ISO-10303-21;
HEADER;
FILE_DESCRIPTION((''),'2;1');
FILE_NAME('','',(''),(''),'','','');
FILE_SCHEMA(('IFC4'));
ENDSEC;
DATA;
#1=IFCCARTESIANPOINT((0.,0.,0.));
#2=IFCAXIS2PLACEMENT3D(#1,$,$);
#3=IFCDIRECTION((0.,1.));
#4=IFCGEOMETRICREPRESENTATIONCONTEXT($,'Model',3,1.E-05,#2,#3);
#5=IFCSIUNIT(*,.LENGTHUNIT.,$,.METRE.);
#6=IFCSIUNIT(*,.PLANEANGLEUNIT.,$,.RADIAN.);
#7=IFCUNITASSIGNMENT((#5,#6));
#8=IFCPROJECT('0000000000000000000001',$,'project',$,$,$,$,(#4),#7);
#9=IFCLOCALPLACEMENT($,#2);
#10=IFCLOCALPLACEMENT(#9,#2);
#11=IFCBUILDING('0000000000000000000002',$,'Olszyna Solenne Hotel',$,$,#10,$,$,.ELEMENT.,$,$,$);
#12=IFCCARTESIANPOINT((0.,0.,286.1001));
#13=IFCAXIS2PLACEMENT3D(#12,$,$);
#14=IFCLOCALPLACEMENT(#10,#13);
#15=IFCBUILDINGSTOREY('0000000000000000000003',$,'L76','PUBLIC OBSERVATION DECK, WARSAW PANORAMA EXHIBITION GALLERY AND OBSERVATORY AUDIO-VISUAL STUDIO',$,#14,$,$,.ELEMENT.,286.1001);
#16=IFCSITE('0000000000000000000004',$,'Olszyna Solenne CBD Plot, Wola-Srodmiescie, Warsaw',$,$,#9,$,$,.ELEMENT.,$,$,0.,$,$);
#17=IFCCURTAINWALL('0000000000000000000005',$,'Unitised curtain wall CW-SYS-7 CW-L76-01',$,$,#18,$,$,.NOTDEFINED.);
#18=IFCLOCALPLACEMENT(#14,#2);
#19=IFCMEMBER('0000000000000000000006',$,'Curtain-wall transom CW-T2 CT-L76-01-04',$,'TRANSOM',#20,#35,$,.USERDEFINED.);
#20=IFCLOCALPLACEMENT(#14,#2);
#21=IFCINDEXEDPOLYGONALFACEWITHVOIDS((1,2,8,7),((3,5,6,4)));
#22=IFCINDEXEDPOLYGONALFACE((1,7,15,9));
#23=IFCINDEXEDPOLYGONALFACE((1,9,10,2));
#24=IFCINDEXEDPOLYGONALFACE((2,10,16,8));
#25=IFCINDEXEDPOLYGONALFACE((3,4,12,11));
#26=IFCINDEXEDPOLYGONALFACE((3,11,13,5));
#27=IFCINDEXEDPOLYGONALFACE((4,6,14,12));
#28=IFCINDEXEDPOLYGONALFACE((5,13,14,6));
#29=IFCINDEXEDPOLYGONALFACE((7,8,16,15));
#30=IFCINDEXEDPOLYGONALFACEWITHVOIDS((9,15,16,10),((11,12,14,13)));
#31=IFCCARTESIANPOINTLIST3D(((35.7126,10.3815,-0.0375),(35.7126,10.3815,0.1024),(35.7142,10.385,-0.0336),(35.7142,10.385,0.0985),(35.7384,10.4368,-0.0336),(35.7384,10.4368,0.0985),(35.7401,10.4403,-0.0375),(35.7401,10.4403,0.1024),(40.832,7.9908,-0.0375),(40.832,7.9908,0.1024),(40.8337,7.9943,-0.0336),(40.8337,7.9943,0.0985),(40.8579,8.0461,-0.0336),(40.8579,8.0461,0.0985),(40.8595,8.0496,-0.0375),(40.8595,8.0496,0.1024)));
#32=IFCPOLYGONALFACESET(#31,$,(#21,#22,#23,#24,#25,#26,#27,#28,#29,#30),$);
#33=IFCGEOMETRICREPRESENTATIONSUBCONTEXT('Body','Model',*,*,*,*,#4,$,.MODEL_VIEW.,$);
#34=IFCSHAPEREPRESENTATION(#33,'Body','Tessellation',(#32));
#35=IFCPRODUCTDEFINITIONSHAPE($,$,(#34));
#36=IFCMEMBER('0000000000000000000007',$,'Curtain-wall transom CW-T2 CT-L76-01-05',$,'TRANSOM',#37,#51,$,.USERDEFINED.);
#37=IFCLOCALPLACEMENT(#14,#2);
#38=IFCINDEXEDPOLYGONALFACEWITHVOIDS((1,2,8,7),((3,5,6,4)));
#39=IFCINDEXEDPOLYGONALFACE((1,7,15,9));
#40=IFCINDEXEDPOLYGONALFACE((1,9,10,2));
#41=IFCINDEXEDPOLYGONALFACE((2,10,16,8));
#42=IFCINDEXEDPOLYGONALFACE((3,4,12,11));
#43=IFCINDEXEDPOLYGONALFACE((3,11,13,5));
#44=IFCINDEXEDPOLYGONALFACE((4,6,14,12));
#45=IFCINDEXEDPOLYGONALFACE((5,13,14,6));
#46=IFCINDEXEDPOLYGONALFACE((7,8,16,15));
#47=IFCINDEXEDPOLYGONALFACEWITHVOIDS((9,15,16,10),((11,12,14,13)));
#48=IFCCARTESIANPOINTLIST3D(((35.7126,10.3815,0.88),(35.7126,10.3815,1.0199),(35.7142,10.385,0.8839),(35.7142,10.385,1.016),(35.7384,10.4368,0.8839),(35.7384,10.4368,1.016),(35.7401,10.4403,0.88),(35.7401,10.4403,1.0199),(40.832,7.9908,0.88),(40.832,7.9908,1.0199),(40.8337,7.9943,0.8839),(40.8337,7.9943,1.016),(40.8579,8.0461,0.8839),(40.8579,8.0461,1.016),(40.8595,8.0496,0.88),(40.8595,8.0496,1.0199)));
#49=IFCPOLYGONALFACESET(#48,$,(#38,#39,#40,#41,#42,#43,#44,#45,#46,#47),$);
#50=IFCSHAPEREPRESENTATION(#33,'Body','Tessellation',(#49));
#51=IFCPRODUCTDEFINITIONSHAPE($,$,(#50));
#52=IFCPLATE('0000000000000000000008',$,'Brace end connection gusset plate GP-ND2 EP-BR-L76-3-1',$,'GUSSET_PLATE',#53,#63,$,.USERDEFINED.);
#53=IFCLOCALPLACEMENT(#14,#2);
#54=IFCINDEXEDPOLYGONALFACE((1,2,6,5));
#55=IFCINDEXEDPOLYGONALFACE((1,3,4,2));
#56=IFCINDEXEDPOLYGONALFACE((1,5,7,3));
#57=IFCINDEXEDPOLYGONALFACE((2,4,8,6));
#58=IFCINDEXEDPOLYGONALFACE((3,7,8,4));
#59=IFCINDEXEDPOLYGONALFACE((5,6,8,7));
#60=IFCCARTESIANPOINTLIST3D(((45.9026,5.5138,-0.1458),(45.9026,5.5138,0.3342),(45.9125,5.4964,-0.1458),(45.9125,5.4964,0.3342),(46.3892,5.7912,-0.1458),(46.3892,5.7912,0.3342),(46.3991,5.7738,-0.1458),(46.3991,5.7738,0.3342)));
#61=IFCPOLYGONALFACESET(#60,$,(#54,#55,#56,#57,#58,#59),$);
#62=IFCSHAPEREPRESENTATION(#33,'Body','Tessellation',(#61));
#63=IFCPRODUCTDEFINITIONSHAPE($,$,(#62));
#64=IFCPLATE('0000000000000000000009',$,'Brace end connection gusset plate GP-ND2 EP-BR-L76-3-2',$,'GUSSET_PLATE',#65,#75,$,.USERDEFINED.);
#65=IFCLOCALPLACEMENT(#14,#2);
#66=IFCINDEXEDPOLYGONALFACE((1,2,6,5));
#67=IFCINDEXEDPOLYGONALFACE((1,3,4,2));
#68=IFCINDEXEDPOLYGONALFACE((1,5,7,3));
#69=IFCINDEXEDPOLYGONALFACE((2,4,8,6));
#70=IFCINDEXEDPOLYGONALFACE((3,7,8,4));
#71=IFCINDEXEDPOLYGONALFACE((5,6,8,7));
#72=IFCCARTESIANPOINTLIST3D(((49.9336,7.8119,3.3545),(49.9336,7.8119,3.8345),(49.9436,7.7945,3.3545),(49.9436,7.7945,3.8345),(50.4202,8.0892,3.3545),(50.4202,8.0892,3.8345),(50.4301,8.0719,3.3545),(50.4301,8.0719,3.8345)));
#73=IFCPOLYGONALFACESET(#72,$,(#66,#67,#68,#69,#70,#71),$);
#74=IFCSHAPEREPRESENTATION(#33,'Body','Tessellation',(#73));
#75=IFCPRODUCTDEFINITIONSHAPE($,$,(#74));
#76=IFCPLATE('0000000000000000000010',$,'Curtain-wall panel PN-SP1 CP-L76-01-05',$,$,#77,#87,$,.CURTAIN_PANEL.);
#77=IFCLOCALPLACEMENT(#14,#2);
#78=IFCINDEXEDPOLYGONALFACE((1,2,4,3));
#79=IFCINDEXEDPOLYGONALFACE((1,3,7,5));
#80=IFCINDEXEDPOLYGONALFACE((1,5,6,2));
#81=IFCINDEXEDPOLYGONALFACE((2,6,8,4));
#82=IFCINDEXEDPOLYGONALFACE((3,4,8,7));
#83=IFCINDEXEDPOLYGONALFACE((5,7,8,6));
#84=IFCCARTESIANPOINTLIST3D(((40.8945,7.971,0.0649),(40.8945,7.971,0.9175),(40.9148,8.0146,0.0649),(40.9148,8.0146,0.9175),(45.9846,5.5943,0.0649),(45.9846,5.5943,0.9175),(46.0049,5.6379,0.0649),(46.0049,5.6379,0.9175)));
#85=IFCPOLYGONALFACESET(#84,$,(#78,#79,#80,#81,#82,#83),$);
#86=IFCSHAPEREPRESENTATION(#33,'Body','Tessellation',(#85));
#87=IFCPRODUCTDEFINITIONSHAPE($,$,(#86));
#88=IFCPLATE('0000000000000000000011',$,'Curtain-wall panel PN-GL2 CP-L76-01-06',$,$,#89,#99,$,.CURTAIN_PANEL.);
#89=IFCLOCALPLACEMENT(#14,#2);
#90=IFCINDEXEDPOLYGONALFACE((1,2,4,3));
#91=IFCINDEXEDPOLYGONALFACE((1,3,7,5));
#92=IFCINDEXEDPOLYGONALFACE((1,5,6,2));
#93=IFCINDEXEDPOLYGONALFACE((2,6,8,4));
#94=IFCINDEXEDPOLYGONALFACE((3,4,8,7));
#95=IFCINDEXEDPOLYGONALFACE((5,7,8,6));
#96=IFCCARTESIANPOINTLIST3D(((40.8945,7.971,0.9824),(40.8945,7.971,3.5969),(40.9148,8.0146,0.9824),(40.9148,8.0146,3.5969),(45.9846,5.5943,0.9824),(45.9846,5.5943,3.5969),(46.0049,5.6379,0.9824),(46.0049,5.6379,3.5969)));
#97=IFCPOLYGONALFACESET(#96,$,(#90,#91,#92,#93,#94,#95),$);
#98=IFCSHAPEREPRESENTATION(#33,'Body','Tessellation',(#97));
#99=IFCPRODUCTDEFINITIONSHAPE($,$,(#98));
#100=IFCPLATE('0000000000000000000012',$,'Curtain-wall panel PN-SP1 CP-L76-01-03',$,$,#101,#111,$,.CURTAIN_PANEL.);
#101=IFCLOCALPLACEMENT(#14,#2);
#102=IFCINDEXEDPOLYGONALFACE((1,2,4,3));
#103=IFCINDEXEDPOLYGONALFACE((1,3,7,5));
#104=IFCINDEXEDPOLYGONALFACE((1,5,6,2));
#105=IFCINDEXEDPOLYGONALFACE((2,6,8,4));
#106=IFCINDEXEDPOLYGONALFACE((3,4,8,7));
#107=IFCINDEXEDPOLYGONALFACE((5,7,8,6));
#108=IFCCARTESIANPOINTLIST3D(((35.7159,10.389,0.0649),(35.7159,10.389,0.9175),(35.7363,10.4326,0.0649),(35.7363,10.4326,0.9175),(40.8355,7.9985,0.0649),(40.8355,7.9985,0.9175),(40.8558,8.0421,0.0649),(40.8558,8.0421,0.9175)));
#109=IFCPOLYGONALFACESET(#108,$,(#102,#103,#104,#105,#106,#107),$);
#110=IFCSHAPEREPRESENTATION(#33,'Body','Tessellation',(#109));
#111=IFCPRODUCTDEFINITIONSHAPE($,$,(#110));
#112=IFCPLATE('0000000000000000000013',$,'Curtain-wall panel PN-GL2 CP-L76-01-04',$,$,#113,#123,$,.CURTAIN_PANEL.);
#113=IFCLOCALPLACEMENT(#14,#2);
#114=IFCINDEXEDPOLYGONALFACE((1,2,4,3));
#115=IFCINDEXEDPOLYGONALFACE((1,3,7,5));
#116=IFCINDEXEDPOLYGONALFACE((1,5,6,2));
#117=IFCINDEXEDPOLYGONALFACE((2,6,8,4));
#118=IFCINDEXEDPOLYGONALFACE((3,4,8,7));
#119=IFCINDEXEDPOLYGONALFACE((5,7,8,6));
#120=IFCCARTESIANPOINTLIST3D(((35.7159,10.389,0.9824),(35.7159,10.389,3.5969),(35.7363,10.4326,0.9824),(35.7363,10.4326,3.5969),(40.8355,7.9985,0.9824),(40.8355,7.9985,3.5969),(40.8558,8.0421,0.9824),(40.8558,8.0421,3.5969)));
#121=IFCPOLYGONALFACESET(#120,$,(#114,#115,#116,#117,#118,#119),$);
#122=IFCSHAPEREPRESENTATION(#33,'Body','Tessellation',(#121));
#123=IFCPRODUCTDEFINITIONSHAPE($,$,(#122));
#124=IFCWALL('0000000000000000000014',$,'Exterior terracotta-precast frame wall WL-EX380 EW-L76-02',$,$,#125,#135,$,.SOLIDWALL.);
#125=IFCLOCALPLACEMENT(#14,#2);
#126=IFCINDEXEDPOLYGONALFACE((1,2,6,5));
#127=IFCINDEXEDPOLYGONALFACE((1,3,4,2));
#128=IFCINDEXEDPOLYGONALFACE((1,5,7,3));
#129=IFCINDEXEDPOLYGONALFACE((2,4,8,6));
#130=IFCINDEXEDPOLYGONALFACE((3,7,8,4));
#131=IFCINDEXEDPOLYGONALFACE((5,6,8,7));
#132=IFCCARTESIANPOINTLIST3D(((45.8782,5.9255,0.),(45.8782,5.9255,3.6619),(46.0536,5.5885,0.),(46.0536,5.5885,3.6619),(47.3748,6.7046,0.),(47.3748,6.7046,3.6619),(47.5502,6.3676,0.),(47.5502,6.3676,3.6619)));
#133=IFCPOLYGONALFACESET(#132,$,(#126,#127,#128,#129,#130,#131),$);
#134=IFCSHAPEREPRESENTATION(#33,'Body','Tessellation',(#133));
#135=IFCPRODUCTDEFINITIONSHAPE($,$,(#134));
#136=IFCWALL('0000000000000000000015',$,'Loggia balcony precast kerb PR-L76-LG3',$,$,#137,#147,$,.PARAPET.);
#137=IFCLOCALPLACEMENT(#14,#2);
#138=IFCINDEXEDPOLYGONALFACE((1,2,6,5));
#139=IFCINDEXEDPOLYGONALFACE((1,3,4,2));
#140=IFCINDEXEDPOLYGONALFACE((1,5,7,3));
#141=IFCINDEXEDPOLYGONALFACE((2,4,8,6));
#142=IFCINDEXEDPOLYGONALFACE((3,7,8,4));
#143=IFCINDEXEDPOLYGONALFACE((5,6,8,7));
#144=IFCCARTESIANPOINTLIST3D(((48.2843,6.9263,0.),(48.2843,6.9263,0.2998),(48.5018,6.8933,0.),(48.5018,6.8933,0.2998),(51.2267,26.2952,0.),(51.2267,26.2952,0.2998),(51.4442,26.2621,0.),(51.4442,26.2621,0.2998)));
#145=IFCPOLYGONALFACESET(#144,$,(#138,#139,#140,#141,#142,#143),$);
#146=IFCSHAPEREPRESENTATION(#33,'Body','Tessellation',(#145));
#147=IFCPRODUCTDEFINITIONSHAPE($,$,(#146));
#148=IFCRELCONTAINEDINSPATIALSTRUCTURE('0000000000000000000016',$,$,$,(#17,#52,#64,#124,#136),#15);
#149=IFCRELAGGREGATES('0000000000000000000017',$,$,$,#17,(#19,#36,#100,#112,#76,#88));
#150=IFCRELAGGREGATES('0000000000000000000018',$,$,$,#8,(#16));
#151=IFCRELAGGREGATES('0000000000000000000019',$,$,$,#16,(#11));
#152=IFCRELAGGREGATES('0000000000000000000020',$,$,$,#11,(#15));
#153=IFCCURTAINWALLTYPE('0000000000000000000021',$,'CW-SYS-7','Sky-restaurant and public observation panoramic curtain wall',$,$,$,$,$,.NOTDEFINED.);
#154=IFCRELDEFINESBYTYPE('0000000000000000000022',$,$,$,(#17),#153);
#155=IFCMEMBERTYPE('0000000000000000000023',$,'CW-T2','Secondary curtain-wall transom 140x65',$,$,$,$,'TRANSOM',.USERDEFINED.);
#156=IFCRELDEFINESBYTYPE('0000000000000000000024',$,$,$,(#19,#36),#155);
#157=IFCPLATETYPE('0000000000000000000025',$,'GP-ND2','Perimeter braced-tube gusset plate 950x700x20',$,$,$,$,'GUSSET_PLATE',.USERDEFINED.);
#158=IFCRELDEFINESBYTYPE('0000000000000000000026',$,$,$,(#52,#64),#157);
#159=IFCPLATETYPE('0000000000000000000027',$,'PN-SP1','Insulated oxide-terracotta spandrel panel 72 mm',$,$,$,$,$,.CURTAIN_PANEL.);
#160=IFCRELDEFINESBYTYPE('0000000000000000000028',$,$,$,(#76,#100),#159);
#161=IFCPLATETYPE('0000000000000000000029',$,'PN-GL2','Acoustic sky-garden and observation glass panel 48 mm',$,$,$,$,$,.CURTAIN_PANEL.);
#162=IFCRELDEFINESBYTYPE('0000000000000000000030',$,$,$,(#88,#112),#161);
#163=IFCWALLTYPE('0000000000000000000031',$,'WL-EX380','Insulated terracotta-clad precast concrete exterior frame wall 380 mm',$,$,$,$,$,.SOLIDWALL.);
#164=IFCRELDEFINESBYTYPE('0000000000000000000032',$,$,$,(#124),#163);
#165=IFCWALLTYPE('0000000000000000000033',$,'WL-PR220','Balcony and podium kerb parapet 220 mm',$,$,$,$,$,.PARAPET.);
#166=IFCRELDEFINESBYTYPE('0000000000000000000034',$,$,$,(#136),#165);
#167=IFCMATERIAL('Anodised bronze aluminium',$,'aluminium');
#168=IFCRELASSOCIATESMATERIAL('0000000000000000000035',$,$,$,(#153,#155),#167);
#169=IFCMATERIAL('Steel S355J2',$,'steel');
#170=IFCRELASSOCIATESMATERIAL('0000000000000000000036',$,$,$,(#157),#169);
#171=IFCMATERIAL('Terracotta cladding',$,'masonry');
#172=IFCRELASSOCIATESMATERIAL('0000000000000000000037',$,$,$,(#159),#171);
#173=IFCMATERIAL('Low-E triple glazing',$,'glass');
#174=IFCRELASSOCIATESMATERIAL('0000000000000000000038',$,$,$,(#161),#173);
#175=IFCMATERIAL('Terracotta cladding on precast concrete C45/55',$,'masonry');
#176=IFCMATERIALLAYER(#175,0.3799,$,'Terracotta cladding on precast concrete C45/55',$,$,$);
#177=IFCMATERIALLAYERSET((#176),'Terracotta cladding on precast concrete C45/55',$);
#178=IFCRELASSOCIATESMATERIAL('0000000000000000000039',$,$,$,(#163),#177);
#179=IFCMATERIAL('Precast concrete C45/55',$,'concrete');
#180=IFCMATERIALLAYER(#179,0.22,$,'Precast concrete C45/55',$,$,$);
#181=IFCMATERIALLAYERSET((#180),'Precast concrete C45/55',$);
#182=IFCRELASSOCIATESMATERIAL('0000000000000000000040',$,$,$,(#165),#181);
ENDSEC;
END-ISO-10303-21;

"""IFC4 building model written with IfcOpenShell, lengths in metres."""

from ifc_helpers import new_model, si_unit, direction, frame, frame_2d, origin, origin_2d, place, context, subcontext, project, spatial, rectangle, hollow_rectangle, extrude, source, transform, mapped, material, layer, layer_set, material_profile, profile_set, type_object, element, aggregate, save


model = new_model("IFC4")

# Units and contexts
model_context = context("Model", 3, precision=1e-05, world=origin(), true_north=direction((0.0, 1.0)))
body_context = subcontext(model_context, "Body", "Model", "MODEL_VIEW")
ifc_project = project(units=[si_unit("LENGTHUNIT", "METRE"), si_unit("PLANEANGLEUNIT", "RADIAN")], contexts=[model_context])

# Site, building, storey
site_placement = place(None, origin())
site = spatial("IfcSite", under=ifc_project, at=site_placement, Name="Olszyna Solenne CBD Plot, Wola-Srodmiescie, Warsaw", CompositionType="ELEMENT", RefElevation=0.0)
building_placement = place(site_placement, origin())
building = spatial("IfcBuilding", under=site, at=building_placement, Name="Olszyna Solenne Hotel", CompositionType="ELEMENT")
storey_placement = place(building_placement, frame((0.0, 0.0, 286.1001)))
storey = spatial("IfcBuildingStorey", under=building, at=storey_placement, Name="L76", Description="PUBLIC OBSERVATION DECK, WARSAW PANORAMA EXHIBITION GALLERY AND OBSERVATORY AUDIO-VISUAL STUDIO", CompositionType="ELEMENT", Elevation=286.1001)

# Shared definitions
ifc_material_1 = material(Name="Steel S355J2", Category="steel")

# Curtain wall, members
ifc_material_2 = material(Name="Anodised bronze aluminium", Category="aluminium")
curtain_wall_type = type_object("IfcCurtainWallType", Name="CW-SYS-7", Description="Sky-restaurant and public observation panoramic curtain wall", PredefinedType="NOTDEFINED", material=ifc_material_2)
curtain_wall_placement = place(storey_placement, origin())
curtain_wall = element("IfcCurtainWall", 1, at=curtain_wall_placement, inside=storey, type_object=curtain_wall_type, Name="Unitised curtain wall CW-SYS-7 CW-L76-01", PredefinedType="NOTDEFINED")
ifc_material_profile_1 = material_profile(ifc_material_2, hollow_rectangle(XDim=0.0649, YDim=0.1399, WallThickness=0.0039, at=origin_2d()), Name="TRAN 140x65x4", Category="load-bearing")
ifc_profile_set_1 = profile_set([ifc_material_profile_1], Name="Anodised bronze aluminium")
member_type_1 = type_object("IfcMemberType", Name="CW-T2", Description="Secondary curtain-wall transom 140x65", ElementType="TRANSOM", PredefinedType="USERDEFINED", material=ifc_profile_set_1)
shared_shape_1 = source(origin(), body_context, "Body", "SweptSolid", [
    extrude(hollow_rectangle(XDim=0.0649, YDim=0.1399, WallThickness=0.0039, at=origin_2d()), origin(), (0.0, 0.0, 1.0), 5.6501),
])
member_1_placement = place(storey_placement, frame((35.7263, 10.4109, 0.0325), z_axis=(0.906076, -0.423115, 0.0), x_axis=(0.423115, 0.906076, 0.0)))
member_1 = element("IfcMember", 2, at=member_1_placement, type_object=member_type_1, Name="Curtain-wall transom CW-T2 CT-L76-01-04", ObjectType="TRANSOM", PredefinedType="USERDEFINED", context=body_context, shape_type="MappedRepresentation", body=[
    mapped(shared_shape_1, transform((0.0, 0.0, 0.0), x_axis=(1.0, 0.0, 0.0), y_axis=(0.0, 1.0, 0.0), z_axis=(0.0, 0.0, 1.0), scale=1.0)),
])
member_2_placement = place(storey_placement, frame((35.7263, 10.4109, 0.95), z_axis=(0.906076, -0.423115, 0.0), x_axis=(0.423115, 0.906076, 0.0)))
member_2 = element("IfcMember", 3, at=member_2_placement, type_object=member_type_1, Name="Curtain-wall transom CW-T2 CT-L76-01-05", ObjectType="TRANSOM", PredefinedType="USERDEFINED", context=body_context, shape_type="MappedRepresentation", body=[
    mapped(shared_shape_1, transform((0.0, 0.0, 0.0), x_axis=(1.0, 0.0, 0.0), y_axis=(0.0, 1.0, 0.0), z_axis=(0.0, 0.0, 1.0), scale=1.0)),
])

# Plates
plate_type_1 = type_object("IfcPlateType", Name="GP-ND2", Description="Perimeter braced-tube gusset plate 950x700x20", ElementType="GUSSET_PLATE", PredefinedType="USERDEFINED", material=ifc_material_1)
shared_shape_2 = source(origin(), body_context, "Body", "SweptSolid", [
    extrude(rectangle(XDim=0.5601, YDim=0.02, at=origin_2d()), origin(), (0.0, 0.0, 1.0), 0.48),
])
for number, where, z_axis, x_axis, name in (
    (4, (46.1509, 5.6438, -0.1458), (0.0, 0.0, 1.0), (0.868804, 0.495155, 0.0), "Brace end connection gusset plate GP-ND2 EP-BR-L76-3-1"),
    (5, (50.1819, 7.9419, 3.3545), (0.0, 0.0, 1.0), (0.868804, 0.495155, 0.0), "Brace end connection gusset plate GP-ND2 EP-BR-L76-3-2"),
):
    element("IfcPlate", number, at=place(storey_placement, frame(where, z_axis=z_axis, x_axis=x_axis)), inside=storey, type_object=plate_type_1, Name=name, ObjectType="GUSSET_PLATE", PredefinedType="USERDEFINED", context=body_context, shape_type="MappedRepresentation", body=[
        mapped(shared_shape_2, transform((0.0, 0.0, 0.0), x_axis=(1.0, 0.0, 0.0), y_axis=(0.0, 1.0, 0.0), z_axis=(0.0, 0.0, 1.0), scale=1.0)),
    ])

# Plates
ifc_material_3 = material(Name="Terracotta cladding", Category="masonry")
plate_type_2 = type_object("IfcPlateType", Name="PN-SP1", Description="Insulated oxide-terracotta spandrel panel 72 mm", PredefinedType="CURTAIN_PANEL", material=ifc_material_3)
shared_shape_3 = source(origin(), body_context, "Body", "SweptSolid", [
    extrude(rectangle(XDim=5.6177, YDim=0.0481, at=origin_2d()), origin(), (0.0, 0.0, 1.0), 0.8525),
])
plate_1_placement = place(storey_placement, frame((43.4497, 6.8044, 0.0649), z_axis=(0.0, 0.0, 1.0), x_axis=(0.90609, -0.423084, 0.0)))
plate_1 = element("IfcPlate", 6, at=plate_1_placement, type_object=plate_type_2, Name="Curtain-wall panel PN-SP1 CP-L76-01-05", PredefinedType="CURTAIN_PANEL", context=body_context, shape_type="MappedRepresentation", body=[
    mapped(shared_shape_3, transform((0.0, 0.0, 0.0), x_axis=(1.0, 0.0, 0.0), y_axis=(0.0, 1.0, 0.0), z_axis=(0.0, 0.0, 1.0), scale=1.0)),
])
ifc_material_4 = material(Name="Low-E triple glazing", Category="glass")
plate_type_3 = type_object("IfcPlateType", Name="PN-GL2", Description="Acoustic sky-garden and observation glass panel 48 mm", PredefinedType="CURTAIN_PANEL", material=ifc_material_4)
shared_shape_4 = source(origin(), body_context, "Body", "SweptSolid", [
    extrude(rectangle(XDim=5.6177, YDim=0.0481, at=origin_2d()), origin(), (0.0, 0.0, 1.0), 2.6145),
])
plate_2_placement = place(storey_placement, frame((43.4497, 6.8044, 0.9824), z_axis=(0.0, 0.0, 1.0), x_axis=(0.90609, -0.423084, 0.0)))
plate_2 = element("IfcPlate", 7, at=plate_2_placement, type_object=plate_type_3, Name="Curtain-wall panel PN-GL2 CP-L76-01-06", PredefinedType="CURTAIN_PANEL", context=body_context, shape_type="MappedRepresentation", body=[
    mapped(shared_shape_4, transform((0.0, 0.0, 0.0), x_axis=(1.0, 0.0, 0.0), y_axis=(0.0, 1.0, 0.0), z_axis=(0.0, 0.0, 1.0), scale=1.0)),
])
shared_shape_5 = source(origin(), body_context, "Body", "SweptSolid", [
    extrude(rectangle(XDim=5.6501, YDim=0.0481, at=origin_2d()), origin(), (0.0, 0.0, 1.0), 0.8525),
])
plate_3_placement = place(storey_placement, frame((38.2859, 9.2156, 0.0649), z_axis=(0.0, 0.0, 1.0), x_axis=(0.90609, -0.423084, 0.0)))
plate_3 = element("IfcPlate", 8, at=plate_3_placement, type_object=plate_type_2, Name="Curtain-wall panel PN-SP1 CP-L76-01-03", PredefinedType="CURTAIN_PANEL", context=body_context, shape_type="MappedRepresentation", body=[
    mapped(shared_shape_5, transform((0.0, 0.0, 0.0), x_axis=(1.0, 0.0, 0.0), y_axis=(0.0, 1.0, 0.0), z_axis=(0.0, 0.0, 1.0), scale=1.0)),
])
shared_shape_6 = source(origin(), body_context, "Body", "SweptSolid", [
    extrude(rectangle(XDim=5.6501, YDim=0.0481, at=origin_2d()), origin(), (0.0, 0.0, 1.0), 2.6145),
])
plate_4_placement = place(storey_placement, frame((38.2859, 9.2156, 0.9824), z_axis=(0.0, 0.0, 1.0), x_axis=(0.90609, -0.423084, 0.0)))
plate_4 = element("IfcPlate", 9, at=plate_4_placement, type_object=plate_type_3, Name="Curtain-wall panel PN-GL2 CP-L76-01-04", PredefinedType="CURTAIN_PANEL", context=body_context, shape_type="MappedRepresentation", body=[
    mapped(shared_shape_6, transform((0.0, 0.0, 0.0), x_axis=(1.0, 0.0, 0.0), y_axis=(0.0, 1.0, 0.0), z_axis=(0.0, 0.0, 1.0), scale=1.0)),
])
aggregate(curtain_wall, [member_1, member_2, plate_3, plate_4, plate_1, plate_2])

# Walls
ifc_material_5 = material(Name="Terracotta cladding on precast concrete C45/55", Category="masonry")
ifc_layer_1 = layer(ifc_material_5, 0.3799, Name="Terracotta cladding on precast concrete C45/55")
ifc_layer_set_1 = layer_set([ifc_layer_1], Name="Terracotta cladding on precast concrete C45/55")
wall_type_1 = type_object("IfcWallType", Name="WL-EX380", Description="Insulated terracotta-clad precast concrete exterior frame wall 380 mm", PredefinedType="SOLIDWALL", material=ifc_layer_set_1)
wall_1_placement = place(storey_placement, frame((47.4626, 6.5361, 0.0), z_axis=(0.0, 0.0, 1.0), x_axis=(-0.887015, -0.46174, 0.0)))
element("IfcWall", 10, at=wall_1_placement, inside=storey, type_object=wall_type_1, Name="Exterior terracotta-precast frame wall WL-EX380 EW-L76-02", PredefinedType="SOLIDWALL", context=body_context, shape_type="SweptSolid", body=[
    extrude(rectangle(XDim=1.6873, YDim=0.3799, at=frame_2d((0.8438, 0.0))), origin(), (0.0, 0.0, 1.0), 3.6619),
])
ifc_material_6 = material(Name="Precast concrete C45/55", Category="concrete")
ifc_layer_2 = layer(ifc_material_6, 0.22, Name="Precast concrete C45/55")
ifc_layer_set_2 = layer_set([ifc_layer_2], Name="Precast concrete C45/55")
wall_type_2 = type_object("IfcWallType", Name="WL-PR220", Description="Balcony and podium kerb parapet 220 mm", PredefinedType="PARAPET", material=ifc_layer_set_2)
wall_2_placement = place(storey_placement, frame((48.3931, 6.9099, 0.0), z_axis=(0.0, 0.0, 1.0), x_axis=(0.15019, 0.988657, 0.0)))
element("IfcWall", 11, at=wall_2_placement, inside=storey, type_object=wall_type_2, Name="Loggia balcony precast kerb PR-L76-LG3", PredefinedType="PARAPET", context=body_context, shape_type="SweptSolid", body=[
    extrude(rectangle(XDim=19.5911, YDim=0.22, at=frame_2d((9.7954, 0.0))), origin(), (0.0, 0.0, 1.0), 0.2998),
])

save(model, "model.ifc")
